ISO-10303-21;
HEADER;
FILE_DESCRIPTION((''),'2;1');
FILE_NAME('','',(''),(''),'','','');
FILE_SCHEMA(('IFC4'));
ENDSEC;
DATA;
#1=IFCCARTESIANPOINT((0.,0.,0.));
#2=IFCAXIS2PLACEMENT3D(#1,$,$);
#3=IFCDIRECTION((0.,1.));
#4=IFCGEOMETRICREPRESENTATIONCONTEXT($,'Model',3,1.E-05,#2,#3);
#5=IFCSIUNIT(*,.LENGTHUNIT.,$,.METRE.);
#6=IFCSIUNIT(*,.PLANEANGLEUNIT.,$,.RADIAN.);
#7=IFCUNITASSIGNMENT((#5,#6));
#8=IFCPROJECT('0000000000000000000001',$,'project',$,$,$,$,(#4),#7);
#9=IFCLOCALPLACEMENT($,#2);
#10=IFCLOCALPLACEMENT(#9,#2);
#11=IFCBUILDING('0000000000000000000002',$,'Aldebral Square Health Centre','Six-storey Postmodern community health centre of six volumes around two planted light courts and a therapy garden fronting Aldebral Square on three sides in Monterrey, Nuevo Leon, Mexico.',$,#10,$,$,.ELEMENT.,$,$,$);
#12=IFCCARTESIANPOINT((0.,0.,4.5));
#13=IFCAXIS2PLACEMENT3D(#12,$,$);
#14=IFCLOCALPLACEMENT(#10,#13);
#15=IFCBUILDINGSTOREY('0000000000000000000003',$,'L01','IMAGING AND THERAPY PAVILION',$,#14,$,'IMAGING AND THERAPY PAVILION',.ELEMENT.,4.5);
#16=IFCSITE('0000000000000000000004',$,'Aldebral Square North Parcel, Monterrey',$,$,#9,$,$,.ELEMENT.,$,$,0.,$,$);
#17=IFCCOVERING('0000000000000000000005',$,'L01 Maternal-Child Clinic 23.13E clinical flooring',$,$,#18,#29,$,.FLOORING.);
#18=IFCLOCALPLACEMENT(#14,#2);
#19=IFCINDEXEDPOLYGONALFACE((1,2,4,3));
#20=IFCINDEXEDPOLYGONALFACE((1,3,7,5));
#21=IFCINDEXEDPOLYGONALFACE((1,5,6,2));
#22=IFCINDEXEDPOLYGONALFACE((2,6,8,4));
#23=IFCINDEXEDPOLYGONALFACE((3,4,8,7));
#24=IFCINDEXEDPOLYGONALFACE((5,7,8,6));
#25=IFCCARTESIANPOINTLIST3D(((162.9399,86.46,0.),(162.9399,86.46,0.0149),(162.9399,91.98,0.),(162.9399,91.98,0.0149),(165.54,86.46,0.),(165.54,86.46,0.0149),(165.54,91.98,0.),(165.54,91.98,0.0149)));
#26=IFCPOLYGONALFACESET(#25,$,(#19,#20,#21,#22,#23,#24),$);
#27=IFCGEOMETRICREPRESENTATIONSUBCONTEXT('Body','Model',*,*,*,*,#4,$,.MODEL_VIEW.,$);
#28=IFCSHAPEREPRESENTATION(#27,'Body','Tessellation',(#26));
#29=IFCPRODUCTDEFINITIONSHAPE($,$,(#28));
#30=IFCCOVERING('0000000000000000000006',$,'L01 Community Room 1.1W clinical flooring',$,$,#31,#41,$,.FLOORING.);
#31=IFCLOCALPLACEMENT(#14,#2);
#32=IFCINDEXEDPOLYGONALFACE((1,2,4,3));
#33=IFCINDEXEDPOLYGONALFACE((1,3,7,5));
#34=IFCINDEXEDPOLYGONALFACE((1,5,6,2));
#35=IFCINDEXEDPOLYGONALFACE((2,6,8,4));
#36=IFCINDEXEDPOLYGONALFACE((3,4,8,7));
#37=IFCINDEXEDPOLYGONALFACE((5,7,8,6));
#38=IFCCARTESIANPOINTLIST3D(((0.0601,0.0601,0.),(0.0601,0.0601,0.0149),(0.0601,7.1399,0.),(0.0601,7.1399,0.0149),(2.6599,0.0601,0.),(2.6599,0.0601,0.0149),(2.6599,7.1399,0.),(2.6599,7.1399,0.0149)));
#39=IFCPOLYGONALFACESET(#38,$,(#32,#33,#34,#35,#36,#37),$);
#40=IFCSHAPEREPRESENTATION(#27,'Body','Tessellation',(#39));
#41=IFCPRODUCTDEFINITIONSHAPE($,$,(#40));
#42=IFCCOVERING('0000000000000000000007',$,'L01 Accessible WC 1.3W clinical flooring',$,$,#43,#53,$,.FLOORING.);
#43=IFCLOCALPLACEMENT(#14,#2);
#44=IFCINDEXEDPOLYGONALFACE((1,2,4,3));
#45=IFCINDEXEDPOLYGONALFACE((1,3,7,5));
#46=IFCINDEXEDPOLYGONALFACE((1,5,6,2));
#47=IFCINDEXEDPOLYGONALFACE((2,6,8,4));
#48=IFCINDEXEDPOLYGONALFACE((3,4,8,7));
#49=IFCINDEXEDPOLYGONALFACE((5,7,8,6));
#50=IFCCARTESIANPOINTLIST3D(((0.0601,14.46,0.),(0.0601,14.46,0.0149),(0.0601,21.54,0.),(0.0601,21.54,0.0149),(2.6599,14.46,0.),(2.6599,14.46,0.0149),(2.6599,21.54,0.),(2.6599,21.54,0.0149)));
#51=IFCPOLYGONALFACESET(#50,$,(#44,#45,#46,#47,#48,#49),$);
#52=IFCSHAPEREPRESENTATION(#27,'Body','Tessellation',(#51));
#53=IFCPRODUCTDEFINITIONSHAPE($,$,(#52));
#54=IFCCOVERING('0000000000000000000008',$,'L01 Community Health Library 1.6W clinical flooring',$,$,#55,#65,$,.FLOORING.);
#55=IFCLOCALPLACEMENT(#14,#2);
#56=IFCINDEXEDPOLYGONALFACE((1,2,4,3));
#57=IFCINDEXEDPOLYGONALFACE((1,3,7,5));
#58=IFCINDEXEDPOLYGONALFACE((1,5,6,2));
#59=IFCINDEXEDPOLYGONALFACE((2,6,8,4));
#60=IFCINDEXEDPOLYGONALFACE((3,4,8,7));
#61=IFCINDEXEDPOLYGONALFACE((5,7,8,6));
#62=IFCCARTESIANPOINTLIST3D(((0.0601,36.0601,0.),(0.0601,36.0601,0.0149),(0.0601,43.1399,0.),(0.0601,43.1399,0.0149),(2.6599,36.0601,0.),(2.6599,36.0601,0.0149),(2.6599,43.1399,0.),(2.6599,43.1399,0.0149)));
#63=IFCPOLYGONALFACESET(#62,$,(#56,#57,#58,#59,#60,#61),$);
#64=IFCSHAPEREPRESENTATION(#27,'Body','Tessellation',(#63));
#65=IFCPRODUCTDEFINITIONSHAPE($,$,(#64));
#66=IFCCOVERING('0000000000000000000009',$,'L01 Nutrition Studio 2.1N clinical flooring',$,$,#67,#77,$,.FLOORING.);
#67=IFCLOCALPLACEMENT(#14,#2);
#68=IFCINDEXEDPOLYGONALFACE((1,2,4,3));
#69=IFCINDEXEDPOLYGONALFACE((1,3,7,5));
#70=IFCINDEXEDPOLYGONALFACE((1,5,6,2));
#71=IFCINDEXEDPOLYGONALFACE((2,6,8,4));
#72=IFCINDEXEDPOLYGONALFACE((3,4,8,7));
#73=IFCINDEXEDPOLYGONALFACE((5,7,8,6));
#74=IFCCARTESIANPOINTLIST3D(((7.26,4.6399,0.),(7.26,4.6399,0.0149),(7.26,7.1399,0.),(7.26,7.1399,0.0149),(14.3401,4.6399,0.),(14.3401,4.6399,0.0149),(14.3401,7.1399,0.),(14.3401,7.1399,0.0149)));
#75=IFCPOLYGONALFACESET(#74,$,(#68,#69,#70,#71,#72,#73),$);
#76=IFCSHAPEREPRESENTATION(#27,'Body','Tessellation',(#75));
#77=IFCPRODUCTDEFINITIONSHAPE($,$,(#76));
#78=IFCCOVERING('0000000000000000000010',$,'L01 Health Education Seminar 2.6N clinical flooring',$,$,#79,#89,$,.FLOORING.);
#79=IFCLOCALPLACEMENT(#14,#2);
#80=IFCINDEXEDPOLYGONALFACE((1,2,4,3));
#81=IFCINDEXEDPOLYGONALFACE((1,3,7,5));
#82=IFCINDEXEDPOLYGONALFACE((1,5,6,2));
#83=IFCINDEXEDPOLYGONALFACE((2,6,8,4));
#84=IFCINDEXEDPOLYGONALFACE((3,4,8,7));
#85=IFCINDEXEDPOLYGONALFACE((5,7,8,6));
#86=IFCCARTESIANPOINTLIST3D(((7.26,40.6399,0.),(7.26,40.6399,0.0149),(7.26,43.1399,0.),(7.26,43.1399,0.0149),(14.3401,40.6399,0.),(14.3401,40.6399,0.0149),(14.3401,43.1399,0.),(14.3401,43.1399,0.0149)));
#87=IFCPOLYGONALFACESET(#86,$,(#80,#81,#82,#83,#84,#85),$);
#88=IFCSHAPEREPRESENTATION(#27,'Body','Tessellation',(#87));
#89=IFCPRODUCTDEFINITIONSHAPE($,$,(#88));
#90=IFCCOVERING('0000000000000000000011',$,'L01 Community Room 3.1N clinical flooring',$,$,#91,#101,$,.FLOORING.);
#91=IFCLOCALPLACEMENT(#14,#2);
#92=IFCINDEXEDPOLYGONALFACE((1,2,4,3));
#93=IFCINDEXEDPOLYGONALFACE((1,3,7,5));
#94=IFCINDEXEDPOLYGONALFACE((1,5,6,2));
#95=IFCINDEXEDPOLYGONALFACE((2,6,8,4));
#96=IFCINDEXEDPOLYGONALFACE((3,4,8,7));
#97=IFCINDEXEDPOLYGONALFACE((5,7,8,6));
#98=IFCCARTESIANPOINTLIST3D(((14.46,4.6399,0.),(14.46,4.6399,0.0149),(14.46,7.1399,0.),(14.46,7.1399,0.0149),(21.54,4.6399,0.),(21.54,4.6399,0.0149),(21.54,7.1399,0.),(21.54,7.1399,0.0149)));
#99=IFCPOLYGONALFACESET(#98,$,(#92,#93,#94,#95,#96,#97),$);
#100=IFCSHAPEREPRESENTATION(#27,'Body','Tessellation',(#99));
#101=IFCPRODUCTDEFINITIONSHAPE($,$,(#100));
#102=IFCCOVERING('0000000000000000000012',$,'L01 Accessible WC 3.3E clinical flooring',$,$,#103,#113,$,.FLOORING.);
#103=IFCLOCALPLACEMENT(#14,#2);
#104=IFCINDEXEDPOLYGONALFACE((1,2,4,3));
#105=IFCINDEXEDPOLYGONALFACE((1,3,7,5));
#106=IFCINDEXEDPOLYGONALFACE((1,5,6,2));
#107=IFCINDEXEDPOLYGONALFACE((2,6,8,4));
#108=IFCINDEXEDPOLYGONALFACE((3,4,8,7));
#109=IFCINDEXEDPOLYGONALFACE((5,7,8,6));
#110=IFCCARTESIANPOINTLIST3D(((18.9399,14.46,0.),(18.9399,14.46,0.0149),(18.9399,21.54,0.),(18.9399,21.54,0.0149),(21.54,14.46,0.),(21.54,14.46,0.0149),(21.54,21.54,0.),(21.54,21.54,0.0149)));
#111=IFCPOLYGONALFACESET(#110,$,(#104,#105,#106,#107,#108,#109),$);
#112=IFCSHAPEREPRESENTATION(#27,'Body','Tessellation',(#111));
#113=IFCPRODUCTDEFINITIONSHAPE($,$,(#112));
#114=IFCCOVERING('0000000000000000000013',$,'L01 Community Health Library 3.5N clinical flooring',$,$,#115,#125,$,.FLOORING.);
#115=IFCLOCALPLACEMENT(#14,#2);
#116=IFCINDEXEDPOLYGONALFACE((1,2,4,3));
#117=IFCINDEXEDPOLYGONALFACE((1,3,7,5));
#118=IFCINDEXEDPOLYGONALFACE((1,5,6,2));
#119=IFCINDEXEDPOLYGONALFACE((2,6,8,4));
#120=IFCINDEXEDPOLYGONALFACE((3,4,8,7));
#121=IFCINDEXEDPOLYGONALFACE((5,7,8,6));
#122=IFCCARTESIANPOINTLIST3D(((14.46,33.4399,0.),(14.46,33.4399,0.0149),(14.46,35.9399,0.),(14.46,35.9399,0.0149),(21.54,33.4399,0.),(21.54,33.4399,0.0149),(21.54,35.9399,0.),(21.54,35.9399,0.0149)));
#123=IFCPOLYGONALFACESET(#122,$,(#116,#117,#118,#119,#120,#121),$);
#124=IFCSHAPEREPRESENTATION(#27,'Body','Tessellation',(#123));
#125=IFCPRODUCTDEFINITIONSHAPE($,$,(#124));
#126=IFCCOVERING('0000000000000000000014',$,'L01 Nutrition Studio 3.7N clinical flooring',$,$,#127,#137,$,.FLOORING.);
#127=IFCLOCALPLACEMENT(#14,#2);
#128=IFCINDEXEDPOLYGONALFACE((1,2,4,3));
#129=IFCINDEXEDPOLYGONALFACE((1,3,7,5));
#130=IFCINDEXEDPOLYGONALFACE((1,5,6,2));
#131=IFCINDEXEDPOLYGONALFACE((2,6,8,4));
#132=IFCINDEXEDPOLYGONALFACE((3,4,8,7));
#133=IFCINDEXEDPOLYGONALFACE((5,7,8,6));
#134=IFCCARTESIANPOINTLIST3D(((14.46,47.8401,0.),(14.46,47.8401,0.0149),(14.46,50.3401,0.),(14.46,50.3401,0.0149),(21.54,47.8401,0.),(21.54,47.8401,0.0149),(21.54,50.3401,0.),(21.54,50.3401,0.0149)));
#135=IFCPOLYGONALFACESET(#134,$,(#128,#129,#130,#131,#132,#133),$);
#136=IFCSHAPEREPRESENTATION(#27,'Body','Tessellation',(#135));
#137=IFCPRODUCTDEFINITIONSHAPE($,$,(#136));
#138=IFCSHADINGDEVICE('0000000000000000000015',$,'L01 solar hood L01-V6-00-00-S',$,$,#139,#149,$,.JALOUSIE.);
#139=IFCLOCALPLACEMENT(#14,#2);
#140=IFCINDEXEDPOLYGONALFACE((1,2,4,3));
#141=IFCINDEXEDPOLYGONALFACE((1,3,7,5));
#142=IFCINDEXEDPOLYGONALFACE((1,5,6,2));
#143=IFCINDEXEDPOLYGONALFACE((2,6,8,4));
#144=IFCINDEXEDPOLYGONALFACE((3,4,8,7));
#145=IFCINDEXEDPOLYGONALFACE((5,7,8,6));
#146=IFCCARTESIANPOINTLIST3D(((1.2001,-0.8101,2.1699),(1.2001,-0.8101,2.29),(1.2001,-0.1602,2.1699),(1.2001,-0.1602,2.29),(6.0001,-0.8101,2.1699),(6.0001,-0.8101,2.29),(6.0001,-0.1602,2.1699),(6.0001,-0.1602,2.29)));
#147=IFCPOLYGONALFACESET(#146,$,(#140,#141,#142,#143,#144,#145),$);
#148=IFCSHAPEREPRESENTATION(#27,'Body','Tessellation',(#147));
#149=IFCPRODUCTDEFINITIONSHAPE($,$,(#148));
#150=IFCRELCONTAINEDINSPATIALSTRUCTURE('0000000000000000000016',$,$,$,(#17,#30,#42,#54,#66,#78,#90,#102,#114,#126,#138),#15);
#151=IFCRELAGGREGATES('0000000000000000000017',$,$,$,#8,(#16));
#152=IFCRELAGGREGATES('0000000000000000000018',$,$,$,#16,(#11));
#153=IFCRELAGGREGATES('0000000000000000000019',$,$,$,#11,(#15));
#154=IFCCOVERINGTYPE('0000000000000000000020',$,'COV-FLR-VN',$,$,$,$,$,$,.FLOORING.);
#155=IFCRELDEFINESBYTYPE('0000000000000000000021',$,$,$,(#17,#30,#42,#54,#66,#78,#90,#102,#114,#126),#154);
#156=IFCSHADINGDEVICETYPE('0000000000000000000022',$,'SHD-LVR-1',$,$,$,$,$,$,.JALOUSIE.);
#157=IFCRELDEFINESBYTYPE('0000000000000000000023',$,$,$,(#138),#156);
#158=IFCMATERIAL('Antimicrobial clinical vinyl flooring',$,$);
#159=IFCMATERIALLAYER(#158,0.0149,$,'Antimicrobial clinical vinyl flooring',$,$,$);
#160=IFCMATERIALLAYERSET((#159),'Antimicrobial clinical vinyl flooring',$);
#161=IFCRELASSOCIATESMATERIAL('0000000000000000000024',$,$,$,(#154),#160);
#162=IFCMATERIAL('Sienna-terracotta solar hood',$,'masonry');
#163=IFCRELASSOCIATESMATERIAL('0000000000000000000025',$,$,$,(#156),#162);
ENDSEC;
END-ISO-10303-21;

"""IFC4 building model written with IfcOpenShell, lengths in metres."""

from ifc_helpers import new_model, si_unit, direction, frame, origin, origin_2d, place, context, subcontext, project, spatial, polyline, rectangle, outline, extrude, material, layer, layer_set, type_object, element, save


model = new_model("IFC4")

# Units and contexts
model_context = context("Model", 3, precision=1e-05, world=origin(), true_north=direction((0.0, 1.0)))
body_context = subcontext(model_context, "Body", "Model", "MODEL_VIEW")
ifc_project = project(units=[si_unit("LENGTHUNIT", "METRE"), si_unit("PLANEANGLEUNIT", "RADIAN")], contexts=[model_context])

# Site, building, storey
site_placement = place(None, origin())
site = spatial("IfcSite", under=ifc_project, at=site_placement, Name="Aldebral Square North Parcel, Monterrey", CompositionType="ELEMENT", RefElevation=0.0)
building_placement = place(site_placement, origin())
building = spatial("IfcBuilding", under=site, at=building_placement, Name="Aldebral Square Health Centre", Description="Six-storey Postmodern community health centre of six volumes around two planted light courts and a therapy garden fronting Aldebral Square on three sides in Monterrey, Nuevo Leon, Mexico.", CompositionType="ELEMENT")
storey_placement = place(building_placement, frame((0.0, 0.0, 4.5)))
storey = spatial("IfcBuildingStorey", under=building, at=storey_placement, Name="L01", Description="IMAGING AND THERAPY PAVILION", LongName="IMAGING AND THERAPY PAVILION", CompositionType="ELEMENT", Elevation=4.5)

# Coverings
ifc_material_1 = material(Name="Antimicrobial clinical vinyl flooring")
ifc_layer_1 = layer(ifc_material_1, 0.0149, Name="Antimicrobial clinical vinyl flooring")
ifc_layer_set_1 = layer_set([ifc_layer_1], Name="Antimicrobial clinical vinyl flooring")
covering_type_1 = type_object("IfcCoveringType", Name="COV-FLR-VN", PredefinedType="FLOORING", material=ifc_layer_set_1)
covering_1_placement = place(storey_placement, origin())
element("IfcCovering", 1, at=covering_1_placement, inside=storey, type_object=covering_type_1, Name="L01 Maternal-Child Clinic 23.13E clinical flooring", PredefinedType="FLOORING", context=body_context, shape_type="SweptSolid", body=[
    extrude(outline(polyline([(162.9399, 86.46), (165.54, 86.46), (165.54, 91.98), (162.9399, 91.98), (162.9399, 86.46)])), origin(), (0.0, 0.0, 1.0), 0.0149),
])
covering_2_placement = place(storey_placement, origin())
element("IfcCovering", 2, at=covering_2_placement, inside=storey, type_object=covering_type_1, Name="L01 Community Room 1.1W clinical flooring", PredefinedType="FLOORING", context=body_context, shape_type="SweptSolid", body=[
    extrude(outline(polyline([(0.0601, 0.0601), (2.6599, 0.0601), (2.6599, 7.1399), (0.0601, 7.1399), (0.0601, 0.0601)])), origin(), (0.0, 0.0, 1.0), 0.0149),
])
covering_3_placement = place(storey_placement, origin())
element("IfcCovering", 3, at=covering_3_placement, inside=storey, type_object=covering_type_1, Name="L01 Accessible WC 1.3W clinical flooring", PredefinedType="FLOORING", context=body_context, shape_type="SweptSolid", body=[
    extrude(outline(polyline([(0.0601, 14.46), (2.6599, 14.46), (2.6599, 21.54), (0.0601, 21.54), (0.0601, 14.46)])), origin(), (0.0, 0.0, 1.0), 0.0149),
])
covering_4_placement = place(storey_placement, origin())
element("IfcCovering", 4, at=covering_4_placement, inside=storey, type_object=covering_type_1, Name="L01 Community Health Library 1.6W clinical flooring", PredefinedType="FLOORING", context=body_context, shape_type="SweptSolid", body=[
    extrude(outline(polyline([(0.0601, 36.0601), (2.6599, 36.0601), (2.6599, 43.1399), (0.0601, 43.1399), (0.0601, 36.0601)])), origin(), (0.0, 0.0, 1.0), 0.0149),
])
covering_5_placement = place(storey_placement, origin())
element("IfcCovering", 5, at=covering_5_placement, inside=storey, type_object=covering_type_1, Name="L01 Nutrition Studio 2.1N clinical flooring", PredefinedType="FLOORING", context=body_context, shape_type="SweptSolid", body=[
    extrude(outline(polyline([(7.26, 4.6399), (14.3401, 4.6399), (14.3401, 7.1399), (7.26, 7.1399), (7.26, 4.6399)])), origin(), (0.0, 0.0, 1.0), 0.0149),
])
covering_6_placement = place(storey_placement, origin())
element("IfcCovering", 6, at=covering_6_placement, inside=storey, type_object=covering_type_1, Name="L01 Health Education Seminar 2.6N clinical flooring", PredefinedType="FLOORING", context=body_context, shape_type="SweptSolid", body=[
    extrude(outline(polyline([(7.26, 40.6399), (14.3401, 40.6399), (14.3401, 43.1399), (7.26, 43.1399), (7.26, 40.6399)])), origin(), (0.0, 0.0, 1.0), 0.0149),
])
covering_7_placement = place(storey_placement, origin())
element("IfcCovering", 7, at=covering_7_placement, inside=storey, type_object=covering_type_1, Name="L01 Community Room 3.1N clinical flooring", PredefinedType="FLOORING", context=body_context, shape_type="SweptSolid", body=[
    extrude(outline(polyline([(14.46, 4.6399), (21.54, 4.6399), (21.54, 7.1399), (14.46, 7.1399), (14.46, 4.6399)])), origin(), (0.0, 0.0, 1.0), 0.0149),
])
covering_8_placement = place(storey_placement, origin())
element("IfcCovering", 8, at=covering_8_placement, inside=storey, type_object=covering_type_1, Name="L01 Accessible WC 3.3E clinical flooring", PredefinedType="FLOORING", context=body_context, shape_type="SweptSolid", body=[
    extrude(outline(polyline([(18.9399, 14.46), (21.54, 14.46), (21.54, 21.54), (18.9399, 21.54), (18.9399, 14.46)])), origin(), (0.0, 0.0, 1.0), 0.0149),
])
covering_9_placement = place(storey_placement, origin())
element("IfcCovering", 9, at=covering_9_placement, inside=storey, type_object=covering_type_1, Name="L01 Community Health Library 3.5N clinical flooring", PredefinedType="FLOORING", context=body_context, shape_type="SweptSolid", body=[
    extrude(outline(polyline([(14.46, 33.4399), (21.54, 33.4399), (21.54, 35.9399), (14.46, 35.9399), (14.46, 33.4399)])), origin(), (0.0, 0.0, 1.0), 0.0149),
])
covering_10_placement = place(storey_placement, origin())
element("IfcCovering", 10, at=covering_10_placement, inside=storey, type_object=covering_type_1, Name="L01 Nutrition Studio 3.7N clinical flooring", PredefinedType="FLOORING", context=body_context, shape_type="SweptSolid", body=[
    extrude(outline(polyline([(14.46, 47.8401), (21.54, 47.8401), (21.54, 50.3401), (14.46, 50.3401), (14.46, 47.8401)])), origin(), (0.0, 0.0, 1.0), 0.0149),
])

# Shading device
ifc_material_2 = material(Name="Sienna-terracotta solar hood", Category="masonry")
shading_device_type = type_object("IfcShadingDeviceType", Name="SHD-LVR-1", PredefinedType="JALOUSIE", material=ifc_material_2)
shading_device_placement = place(storey_placement, frame((3.6001, -0.4851, 2.1699), z_axis=(0.0, 0.0, 1.0), x_axis=(1.0, 0.0, 0.0)))
element("IfcShadingDevice", 11, at=shading_device_placement, inside=storey, type_object=shading_device_type, Name="L01 solar hood L01-V6-00-00-S", PredefinedType="JALOUSIE", context=body_context, shape_type="SweptSolid", body=[
    extrude(rectangle(XDim=4.8, YDim=0.6499, at=origin_2d()), origin(), (0.0, 0.0, 1.0), 0.1201),
])

save(model, "model.ifc")
